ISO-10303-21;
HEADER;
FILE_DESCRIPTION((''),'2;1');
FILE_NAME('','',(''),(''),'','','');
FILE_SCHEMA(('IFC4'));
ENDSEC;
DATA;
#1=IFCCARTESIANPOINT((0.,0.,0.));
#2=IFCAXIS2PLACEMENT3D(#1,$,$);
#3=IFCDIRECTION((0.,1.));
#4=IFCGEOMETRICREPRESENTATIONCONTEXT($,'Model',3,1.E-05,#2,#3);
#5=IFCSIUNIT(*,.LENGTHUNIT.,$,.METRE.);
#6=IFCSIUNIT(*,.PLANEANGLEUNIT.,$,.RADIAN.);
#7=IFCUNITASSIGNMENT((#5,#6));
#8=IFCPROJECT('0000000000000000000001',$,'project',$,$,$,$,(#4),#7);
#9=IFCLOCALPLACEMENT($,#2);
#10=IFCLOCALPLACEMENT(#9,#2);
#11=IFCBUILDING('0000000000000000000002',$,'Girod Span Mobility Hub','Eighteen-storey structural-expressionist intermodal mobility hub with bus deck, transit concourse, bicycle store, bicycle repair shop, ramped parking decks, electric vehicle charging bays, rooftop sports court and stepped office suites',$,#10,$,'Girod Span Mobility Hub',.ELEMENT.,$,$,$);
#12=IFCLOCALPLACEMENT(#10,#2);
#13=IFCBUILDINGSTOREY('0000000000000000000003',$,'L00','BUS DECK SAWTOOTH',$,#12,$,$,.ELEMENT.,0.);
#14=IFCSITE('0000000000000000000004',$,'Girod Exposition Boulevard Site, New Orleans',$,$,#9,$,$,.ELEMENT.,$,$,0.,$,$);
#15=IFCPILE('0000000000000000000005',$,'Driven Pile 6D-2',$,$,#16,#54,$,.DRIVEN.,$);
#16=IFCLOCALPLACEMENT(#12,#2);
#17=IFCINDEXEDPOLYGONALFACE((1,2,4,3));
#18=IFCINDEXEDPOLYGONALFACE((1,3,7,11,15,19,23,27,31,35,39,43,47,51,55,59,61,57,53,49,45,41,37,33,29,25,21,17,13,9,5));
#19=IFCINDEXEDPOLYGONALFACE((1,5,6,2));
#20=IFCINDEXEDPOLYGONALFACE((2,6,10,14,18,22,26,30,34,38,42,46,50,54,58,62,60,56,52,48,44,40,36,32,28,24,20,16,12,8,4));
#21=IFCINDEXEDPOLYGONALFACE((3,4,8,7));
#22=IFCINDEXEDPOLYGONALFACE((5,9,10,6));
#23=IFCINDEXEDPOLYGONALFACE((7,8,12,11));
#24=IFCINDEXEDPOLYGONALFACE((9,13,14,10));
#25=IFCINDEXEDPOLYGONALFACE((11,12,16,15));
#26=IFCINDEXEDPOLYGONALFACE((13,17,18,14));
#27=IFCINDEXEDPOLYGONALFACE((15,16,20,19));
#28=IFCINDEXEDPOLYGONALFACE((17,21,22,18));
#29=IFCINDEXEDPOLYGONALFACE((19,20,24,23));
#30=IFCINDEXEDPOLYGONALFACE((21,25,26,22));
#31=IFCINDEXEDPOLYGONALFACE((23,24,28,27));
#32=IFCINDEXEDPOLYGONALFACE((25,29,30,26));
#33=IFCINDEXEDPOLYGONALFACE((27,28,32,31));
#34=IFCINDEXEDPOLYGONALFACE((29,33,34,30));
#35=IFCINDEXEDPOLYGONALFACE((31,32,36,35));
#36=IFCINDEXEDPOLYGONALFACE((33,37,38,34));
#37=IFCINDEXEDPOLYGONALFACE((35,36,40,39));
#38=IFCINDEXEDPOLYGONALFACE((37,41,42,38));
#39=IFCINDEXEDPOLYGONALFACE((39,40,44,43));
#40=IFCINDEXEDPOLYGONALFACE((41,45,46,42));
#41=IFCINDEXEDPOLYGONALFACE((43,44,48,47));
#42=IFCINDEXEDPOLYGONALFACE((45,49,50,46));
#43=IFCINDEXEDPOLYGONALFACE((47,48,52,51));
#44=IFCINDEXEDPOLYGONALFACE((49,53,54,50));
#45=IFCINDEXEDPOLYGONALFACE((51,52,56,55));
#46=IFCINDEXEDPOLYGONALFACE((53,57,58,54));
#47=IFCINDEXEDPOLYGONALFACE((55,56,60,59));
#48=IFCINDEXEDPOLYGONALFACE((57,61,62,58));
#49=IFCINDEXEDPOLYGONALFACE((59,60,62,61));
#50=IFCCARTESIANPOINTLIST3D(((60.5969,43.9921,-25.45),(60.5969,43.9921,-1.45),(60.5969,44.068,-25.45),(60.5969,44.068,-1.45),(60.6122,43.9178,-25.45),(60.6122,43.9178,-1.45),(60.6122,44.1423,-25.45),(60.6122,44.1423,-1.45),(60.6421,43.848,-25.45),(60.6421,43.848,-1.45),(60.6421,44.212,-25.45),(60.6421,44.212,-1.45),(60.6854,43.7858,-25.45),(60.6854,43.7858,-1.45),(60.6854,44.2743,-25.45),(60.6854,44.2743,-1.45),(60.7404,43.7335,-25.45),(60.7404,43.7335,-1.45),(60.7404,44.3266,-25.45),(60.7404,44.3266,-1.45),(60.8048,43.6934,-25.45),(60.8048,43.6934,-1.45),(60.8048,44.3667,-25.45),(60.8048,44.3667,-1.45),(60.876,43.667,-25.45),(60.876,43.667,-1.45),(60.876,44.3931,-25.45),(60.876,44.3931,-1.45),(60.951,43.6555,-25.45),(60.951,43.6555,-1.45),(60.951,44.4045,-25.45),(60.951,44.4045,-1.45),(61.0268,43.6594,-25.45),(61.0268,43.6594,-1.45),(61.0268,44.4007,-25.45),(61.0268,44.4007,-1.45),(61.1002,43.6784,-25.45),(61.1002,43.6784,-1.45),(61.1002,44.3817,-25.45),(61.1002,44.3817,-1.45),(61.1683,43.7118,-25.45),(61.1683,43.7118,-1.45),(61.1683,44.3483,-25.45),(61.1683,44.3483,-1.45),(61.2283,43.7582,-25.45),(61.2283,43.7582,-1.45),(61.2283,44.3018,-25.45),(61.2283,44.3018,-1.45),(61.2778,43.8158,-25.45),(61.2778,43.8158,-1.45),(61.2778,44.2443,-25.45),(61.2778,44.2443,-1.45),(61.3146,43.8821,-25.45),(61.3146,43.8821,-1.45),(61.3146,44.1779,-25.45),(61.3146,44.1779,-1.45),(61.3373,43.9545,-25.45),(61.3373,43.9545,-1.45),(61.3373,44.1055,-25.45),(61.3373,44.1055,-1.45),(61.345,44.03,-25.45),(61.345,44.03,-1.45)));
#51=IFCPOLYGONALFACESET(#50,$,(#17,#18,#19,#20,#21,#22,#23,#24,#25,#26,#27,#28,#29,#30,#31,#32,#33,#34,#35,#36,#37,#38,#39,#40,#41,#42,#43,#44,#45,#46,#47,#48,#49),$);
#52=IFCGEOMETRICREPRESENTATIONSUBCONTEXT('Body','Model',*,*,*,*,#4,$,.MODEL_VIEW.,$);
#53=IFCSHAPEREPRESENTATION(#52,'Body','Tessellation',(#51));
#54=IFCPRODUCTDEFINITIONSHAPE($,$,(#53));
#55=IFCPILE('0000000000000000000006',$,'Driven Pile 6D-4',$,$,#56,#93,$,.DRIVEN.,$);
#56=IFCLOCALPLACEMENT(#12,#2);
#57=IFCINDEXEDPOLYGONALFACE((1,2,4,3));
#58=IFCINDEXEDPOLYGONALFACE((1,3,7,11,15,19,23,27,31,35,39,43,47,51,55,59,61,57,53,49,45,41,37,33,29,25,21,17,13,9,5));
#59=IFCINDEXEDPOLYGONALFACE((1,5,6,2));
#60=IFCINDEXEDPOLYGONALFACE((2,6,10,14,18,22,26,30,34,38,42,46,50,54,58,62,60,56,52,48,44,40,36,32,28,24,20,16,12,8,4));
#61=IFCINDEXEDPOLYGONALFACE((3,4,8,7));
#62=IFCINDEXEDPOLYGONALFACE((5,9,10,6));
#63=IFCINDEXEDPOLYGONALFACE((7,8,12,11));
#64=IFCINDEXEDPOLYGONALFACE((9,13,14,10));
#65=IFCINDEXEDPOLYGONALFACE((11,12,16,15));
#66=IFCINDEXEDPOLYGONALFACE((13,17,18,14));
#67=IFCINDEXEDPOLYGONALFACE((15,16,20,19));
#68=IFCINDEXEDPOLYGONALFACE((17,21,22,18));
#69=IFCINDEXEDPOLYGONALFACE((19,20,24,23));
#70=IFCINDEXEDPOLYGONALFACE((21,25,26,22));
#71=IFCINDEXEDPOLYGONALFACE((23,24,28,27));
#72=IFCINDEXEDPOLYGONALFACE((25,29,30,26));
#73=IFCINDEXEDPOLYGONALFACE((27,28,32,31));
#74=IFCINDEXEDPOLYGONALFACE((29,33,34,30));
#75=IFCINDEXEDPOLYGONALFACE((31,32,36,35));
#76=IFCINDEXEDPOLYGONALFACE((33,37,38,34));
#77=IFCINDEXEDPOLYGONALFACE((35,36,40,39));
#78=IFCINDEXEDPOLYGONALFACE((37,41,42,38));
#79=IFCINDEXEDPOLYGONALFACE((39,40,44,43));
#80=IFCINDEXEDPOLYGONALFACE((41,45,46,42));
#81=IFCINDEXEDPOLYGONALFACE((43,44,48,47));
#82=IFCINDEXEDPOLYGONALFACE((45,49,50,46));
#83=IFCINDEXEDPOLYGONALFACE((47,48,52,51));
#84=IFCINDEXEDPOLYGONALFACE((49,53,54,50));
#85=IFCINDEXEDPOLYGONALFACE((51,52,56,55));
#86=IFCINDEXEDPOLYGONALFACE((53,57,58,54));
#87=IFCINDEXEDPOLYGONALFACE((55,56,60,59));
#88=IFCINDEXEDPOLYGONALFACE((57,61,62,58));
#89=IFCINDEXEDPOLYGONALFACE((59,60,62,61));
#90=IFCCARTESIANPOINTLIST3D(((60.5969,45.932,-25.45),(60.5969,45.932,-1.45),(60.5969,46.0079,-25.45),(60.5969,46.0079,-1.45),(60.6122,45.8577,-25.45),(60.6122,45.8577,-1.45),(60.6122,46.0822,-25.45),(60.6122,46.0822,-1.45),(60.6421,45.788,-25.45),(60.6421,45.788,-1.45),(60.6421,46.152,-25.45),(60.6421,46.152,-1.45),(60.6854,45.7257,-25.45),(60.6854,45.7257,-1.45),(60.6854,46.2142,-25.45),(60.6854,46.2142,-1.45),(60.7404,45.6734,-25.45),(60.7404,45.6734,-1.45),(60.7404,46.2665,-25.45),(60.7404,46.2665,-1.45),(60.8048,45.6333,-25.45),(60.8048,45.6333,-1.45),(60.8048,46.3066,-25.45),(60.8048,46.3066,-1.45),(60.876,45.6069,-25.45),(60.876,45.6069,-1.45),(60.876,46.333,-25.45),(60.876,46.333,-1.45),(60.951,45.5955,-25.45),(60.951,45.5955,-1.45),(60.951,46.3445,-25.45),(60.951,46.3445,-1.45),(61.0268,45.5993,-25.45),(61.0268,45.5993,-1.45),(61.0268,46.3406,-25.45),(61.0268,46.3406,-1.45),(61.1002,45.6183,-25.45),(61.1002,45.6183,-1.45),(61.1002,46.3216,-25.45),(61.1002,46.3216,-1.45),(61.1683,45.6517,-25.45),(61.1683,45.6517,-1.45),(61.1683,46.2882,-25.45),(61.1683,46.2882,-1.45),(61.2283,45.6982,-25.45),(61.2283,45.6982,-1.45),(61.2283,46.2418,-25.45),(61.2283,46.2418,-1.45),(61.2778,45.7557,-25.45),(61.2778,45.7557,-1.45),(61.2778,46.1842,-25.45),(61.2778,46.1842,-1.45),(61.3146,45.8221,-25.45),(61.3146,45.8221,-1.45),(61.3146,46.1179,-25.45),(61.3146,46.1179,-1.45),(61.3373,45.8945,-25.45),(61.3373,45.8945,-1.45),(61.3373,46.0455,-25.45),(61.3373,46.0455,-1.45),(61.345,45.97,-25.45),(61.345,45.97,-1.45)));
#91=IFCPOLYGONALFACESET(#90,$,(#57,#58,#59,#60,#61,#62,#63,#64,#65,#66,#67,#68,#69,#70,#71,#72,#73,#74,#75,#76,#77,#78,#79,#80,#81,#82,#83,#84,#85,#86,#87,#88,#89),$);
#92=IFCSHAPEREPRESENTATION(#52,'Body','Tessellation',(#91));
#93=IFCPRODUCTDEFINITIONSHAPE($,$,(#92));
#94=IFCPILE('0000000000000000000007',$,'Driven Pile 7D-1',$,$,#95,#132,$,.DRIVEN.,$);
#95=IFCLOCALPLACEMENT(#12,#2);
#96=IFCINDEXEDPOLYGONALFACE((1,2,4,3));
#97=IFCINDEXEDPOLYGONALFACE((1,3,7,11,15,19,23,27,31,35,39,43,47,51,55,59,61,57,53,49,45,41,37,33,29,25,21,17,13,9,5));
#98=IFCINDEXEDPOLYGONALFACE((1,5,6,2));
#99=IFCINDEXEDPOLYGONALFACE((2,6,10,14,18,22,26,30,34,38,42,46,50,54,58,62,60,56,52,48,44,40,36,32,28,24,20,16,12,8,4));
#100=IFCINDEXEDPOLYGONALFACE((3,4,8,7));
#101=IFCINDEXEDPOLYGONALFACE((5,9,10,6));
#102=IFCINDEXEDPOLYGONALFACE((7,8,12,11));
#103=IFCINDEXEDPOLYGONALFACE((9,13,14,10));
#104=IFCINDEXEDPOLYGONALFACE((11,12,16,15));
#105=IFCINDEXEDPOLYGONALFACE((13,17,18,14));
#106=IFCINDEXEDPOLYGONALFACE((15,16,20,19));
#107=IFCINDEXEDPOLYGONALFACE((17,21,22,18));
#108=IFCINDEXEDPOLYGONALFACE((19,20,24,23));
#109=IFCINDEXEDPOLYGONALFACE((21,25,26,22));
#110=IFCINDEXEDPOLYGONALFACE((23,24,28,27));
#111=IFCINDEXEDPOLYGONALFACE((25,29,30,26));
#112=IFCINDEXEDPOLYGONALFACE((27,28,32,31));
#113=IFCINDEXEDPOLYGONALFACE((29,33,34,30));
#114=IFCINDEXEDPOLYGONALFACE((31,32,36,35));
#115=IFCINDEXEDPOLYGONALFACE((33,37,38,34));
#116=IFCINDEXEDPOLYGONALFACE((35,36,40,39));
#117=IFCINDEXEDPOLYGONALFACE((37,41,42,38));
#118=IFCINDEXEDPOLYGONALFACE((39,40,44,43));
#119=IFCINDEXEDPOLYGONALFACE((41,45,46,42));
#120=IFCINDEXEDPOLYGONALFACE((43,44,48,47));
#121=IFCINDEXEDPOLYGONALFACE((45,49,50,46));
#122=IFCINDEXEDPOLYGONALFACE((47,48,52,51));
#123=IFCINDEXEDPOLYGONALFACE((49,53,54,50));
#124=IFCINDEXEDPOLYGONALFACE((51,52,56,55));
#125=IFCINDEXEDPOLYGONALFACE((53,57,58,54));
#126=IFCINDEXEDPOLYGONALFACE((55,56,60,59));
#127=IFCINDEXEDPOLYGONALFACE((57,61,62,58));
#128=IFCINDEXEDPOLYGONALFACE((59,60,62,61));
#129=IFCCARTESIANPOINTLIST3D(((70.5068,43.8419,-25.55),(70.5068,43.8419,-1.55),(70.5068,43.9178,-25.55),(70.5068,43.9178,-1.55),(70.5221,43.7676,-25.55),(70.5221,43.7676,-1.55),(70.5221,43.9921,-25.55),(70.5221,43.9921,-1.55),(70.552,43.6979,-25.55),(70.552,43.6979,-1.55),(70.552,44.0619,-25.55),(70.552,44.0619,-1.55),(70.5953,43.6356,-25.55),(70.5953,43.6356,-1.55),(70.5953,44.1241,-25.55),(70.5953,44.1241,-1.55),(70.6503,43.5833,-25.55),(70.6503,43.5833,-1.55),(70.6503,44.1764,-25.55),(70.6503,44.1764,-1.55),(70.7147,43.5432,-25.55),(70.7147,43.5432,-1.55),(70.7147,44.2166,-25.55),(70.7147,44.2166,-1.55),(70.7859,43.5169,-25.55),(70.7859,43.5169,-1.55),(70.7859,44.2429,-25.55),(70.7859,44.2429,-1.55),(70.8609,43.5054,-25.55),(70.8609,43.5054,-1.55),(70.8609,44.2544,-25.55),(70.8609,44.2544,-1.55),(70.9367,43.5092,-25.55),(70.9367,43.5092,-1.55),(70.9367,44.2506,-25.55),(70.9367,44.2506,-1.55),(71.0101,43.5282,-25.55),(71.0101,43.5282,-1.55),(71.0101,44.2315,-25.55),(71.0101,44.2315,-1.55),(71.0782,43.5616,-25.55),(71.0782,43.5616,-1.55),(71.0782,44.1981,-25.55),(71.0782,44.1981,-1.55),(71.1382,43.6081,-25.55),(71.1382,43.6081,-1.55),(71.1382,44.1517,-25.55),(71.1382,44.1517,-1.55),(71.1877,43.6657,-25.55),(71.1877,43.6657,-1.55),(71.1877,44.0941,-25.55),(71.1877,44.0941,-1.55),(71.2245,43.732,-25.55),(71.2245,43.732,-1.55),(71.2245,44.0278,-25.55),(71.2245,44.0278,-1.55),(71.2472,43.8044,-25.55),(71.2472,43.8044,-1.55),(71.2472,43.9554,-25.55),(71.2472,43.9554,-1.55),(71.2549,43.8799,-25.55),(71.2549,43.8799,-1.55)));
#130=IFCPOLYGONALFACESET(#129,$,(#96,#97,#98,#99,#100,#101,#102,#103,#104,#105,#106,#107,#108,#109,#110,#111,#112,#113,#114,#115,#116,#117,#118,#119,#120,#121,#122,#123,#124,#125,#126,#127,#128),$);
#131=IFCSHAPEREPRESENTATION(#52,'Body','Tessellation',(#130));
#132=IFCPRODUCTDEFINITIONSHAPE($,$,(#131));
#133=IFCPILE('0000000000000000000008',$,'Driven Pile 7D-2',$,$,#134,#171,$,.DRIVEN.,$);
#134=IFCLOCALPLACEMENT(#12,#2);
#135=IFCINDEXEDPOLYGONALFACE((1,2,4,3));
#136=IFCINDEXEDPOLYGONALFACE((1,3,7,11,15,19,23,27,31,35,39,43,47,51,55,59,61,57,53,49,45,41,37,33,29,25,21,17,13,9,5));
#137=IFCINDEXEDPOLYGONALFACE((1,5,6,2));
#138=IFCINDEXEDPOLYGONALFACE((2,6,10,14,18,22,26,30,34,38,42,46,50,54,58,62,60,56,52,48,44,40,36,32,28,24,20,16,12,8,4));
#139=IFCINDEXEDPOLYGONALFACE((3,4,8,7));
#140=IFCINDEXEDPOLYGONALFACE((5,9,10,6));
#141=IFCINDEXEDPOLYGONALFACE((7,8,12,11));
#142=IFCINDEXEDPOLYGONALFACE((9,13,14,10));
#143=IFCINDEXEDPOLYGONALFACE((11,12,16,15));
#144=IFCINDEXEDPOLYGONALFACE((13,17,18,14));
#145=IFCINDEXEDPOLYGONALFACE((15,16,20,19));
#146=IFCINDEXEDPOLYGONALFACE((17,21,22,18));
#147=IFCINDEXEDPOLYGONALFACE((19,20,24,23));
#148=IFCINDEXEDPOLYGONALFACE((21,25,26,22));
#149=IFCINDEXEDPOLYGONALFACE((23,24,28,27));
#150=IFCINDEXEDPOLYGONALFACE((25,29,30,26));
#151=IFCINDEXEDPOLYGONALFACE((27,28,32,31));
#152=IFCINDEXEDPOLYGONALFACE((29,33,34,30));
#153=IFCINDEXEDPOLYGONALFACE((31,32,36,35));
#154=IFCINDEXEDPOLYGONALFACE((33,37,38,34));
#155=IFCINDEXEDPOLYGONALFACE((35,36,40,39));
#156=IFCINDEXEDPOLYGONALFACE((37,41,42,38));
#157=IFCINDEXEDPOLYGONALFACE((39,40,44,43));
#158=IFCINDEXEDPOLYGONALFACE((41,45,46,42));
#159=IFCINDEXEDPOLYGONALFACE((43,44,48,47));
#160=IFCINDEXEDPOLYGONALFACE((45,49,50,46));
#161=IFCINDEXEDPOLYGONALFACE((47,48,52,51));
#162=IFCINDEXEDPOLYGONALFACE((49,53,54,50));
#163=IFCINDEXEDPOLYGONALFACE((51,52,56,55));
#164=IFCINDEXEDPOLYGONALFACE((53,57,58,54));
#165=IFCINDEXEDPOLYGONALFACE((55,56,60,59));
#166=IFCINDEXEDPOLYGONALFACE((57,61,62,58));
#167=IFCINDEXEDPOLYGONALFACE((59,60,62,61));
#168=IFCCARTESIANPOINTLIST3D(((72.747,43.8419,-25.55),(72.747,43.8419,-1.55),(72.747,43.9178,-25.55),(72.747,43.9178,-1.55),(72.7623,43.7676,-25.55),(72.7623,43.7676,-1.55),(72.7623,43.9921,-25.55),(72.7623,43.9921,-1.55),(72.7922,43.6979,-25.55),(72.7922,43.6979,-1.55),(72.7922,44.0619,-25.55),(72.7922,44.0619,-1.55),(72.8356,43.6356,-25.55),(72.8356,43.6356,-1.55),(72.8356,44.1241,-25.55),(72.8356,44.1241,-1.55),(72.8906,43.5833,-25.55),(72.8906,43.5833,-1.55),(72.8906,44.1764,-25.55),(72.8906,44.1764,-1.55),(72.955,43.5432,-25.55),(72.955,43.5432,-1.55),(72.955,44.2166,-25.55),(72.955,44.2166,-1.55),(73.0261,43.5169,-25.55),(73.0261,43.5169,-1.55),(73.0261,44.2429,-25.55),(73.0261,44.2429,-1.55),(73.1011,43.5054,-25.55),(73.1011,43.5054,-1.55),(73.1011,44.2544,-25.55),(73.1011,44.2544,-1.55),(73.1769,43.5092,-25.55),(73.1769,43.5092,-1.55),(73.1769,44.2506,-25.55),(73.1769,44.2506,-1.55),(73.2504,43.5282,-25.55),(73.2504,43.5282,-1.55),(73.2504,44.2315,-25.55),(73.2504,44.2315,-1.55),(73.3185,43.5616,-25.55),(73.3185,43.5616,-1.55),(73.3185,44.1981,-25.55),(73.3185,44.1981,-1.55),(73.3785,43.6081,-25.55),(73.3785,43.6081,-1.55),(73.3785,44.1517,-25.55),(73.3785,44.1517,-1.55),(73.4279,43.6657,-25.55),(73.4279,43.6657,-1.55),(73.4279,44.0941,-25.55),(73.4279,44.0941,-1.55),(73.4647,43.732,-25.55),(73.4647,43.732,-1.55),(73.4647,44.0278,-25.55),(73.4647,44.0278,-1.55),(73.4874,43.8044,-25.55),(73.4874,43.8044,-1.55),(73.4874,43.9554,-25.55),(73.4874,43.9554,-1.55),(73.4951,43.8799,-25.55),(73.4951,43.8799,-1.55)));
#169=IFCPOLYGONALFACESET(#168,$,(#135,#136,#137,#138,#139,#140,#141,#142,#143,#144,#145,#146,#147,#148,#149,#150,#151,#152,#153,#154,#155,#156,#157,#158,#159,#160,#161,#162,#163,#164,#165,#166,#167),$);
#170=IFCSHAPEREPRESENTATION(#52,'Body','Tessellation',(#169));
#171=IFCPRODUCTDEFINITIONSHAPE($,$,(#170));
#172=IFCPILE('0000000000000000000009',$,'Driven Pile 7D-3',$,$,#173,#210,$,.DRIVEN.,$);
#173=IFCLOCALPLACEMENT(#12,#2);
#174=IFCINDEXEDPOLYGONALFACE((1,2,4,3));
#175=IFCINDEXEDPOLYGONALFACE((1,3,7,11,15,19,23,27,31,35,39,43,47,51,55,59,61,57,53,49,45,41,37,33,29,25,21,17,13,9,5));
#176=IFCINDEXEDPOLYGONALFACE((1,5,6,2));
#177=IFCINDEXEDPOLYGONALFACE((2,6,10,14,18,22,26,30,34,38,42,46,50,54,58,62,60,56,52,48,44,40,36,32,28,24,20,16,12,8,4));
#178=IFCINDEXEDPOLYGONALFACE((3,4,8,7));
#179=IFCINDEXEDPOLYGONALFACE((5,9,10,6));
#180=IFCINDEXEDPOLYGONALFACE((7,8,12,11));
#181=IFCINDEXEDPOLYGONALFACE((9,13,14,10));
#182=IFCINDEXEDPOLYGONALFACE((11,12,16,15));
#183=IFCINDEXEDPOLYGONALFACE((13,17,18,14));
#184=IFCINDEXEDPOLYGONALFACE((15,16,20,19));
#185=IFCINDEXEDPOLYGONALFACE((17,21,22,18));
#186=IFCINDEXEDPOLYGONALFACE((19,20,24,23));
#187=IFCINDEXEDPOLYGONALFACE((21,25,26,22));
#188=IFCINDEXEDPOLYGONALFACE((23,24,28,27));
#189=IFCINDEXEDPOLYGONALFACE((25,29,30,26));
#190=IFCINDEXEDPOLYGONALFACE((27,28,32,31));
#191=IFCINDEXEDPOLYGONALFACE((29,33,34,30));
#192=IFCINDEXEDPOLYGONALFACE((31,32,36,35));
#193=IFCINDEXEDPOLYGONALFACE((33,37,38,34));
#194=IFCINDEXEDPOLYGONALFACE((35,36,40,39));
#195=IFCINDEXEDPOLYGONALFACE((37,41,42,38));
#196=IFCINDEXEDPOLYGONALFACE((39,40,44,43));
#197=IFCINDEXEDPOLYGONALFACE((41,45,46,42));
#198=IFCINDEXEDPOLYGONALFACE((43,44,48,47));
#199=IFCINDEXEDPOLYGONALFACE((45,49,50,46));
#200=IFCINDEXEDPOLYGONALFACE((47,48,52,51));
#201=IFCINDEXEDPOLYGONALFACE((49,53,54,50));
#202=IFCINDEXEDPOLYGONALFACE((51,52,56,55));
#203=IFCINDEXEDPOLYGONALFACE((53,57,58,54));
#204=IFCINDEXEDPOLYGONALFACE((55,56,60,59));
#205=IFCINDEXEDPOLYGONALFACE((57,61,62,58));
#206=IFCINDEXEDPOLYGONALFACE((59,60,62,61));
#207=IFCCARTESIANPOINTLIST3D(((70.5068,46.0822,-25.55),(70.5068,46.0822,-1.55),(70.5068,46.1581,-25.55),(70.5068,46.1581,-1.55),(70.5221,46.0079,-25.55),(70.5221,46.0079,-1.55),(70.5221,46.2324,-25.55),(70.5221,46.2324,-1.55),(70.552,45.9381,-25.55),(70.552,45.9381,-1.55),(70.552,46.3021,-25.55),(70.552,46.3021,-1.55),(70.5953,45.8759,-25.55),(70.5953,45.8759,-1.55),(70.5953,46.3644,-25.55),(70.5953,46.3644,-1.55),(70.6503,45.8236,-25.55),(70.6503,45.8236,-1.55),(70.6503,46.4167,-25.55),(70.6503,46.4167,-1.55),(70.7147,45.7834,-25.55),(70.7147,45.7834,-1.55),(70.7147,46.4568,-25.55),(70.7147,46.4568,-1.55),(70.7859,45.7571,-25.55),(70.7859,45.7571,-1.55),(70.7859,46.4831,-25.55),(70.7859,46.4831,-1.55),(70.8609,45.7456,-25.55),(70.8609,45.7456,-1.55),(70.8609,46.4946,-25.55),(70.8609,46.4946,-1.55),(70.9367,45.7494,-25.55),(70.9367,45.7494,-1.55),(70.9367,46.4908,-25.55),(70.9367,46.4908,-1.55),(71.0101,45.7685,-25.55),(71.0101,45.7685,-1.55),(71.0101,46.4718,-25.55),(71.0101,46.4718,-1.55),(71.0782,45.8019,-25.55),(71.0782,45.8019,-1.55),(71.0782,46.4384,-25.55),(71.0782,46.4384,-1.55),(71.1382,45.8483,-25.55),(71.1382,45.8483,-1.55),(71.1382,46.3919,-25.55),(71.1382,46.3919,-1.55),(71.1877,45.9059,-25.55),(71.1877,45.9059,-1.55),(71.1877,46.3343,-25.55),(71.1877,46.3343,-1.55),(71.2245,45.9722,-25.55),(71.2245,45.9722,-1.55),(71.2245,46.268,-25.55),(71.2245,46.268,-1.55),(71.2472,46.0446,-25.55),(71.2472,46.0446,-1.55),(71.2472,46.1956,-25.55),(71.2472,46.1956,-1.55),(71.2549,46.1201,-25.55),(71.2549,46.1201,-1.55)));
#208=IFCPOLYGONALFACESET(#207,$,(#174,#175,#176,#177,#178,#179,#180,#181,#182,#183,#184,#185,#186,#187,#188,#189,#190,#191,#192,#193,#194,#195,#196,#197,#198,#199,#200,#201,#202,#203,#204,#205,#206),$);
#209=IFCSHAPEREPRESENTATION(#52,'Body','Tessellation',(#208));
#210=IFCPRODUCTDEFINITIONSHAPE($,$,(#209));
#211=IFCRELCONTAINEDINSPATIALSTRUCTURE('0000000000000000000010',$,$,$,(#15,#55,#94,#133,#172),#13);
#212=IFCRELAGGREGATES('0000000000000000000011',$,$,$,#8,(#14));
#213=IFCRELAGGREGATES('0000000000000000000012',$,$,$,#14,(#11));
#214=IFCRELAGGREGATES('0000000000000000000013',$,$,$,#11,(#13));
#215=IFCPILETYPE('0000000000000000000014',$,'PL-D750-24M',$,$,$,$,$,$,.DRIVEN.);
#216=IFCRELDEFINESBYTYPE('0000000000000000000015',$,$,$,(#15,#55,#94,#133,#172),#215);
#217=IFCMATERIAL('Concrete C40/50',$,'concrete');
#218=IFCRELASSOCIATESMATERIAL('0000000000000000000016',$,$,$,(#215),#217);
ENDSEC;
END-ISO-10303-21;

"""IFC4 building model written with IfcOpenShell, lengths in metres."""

from ifc_helpers import new_model, si_unit, direction, frame, origin, origin_2d, place, context, subcontext, project, spatial, circle, extrude, material, material_profile, profile_set, type_object, element, save


model = new_model("IFC4")

# Units and contexts
model_context = context("Model", 3, precision=1e-05, world=origin(), true_north=direction((0.0, 1.0)))
body_context = subcontext(model_context, "Body", "Model", "MODEL_VIEW")
ifc_project = project(units=[si_unit("LENGTHUNIT", "METRE"), si_unit("PLANEANGLEUNIT", "RADIAN")], contexts=[model_context])

# Site, building, storey
site_placement = place(None, origin())
site = spatial("IfcSite", under=ifc_project, at=site_placement, Name="Girod Exposition Boulevard Site, New Orleans", CompositionType="ELEMENT", RefElevation=0.0)
building_placement = place(site_placement, origin())
building = spatial("IfcBuilding", under=site, at=building_placement, Name="Girod Span Mobility Hub", Description="Eighteen-storey structural-expressionist intermodal mobility hub with bus deck, transit concourse, bicycle store, bicycle repair shop, ramped parking decks, electric vehicle charging bays, rooftop sports court and stepped office suites", LongName="Girod Span Mobility Hub", CompositionType="ELEMENT")
storey_placement = place(building_placement, origin())
storey = spatial("IfcBuildingStorey", under=building, at=storey_placement, Name="L00", Description="BUS DECK SAWTOOTH", CompositionType="ELEMENT", Elevation=0.0)

# Piles
ifc_material_1 = material(Name="Concrete C40/50", Category="concrete")
ifc_material_profile_1 = material_profile(ifc_material_1, circle(Radius=0.375, at=origin_2d()), Name="PILE-D750")
ifc_profile_set_1 = profile_set([ifc_material_profile_1], Name="Concrete C40/50")
pile_type_1 = type_object("IfcPileType", Name="PL-D750-24M", PredefinedType="DRIVEN", material=ifc_profile_set_1)
for number, where, z_axis, x_axis, name in (
    (1, (60.97, 44.03, -1.45), (0.0, 0.0, -1.0), (1.0, 0.0, 0.0), "Driven Pile 6D-2"),
    (2, (60.97, 45.97, -1.45), (0.0, 0.0, -1.0), (1.0, 0.0, 0.0), "Driven Pile 6D-4"),
    (3, (70.8799, 43.8799, -1.55), (0.0, 0.0, -1.0), (1.0, 0.0, 0.0), "Driven Pile 7D-1"),
    (4, (73.1201, 43.8799, -1.55), (0.0, 0.0, -1.0), (1.0, 0.0, 0.0), "Driven Pile 7D-2"),
    (5, (70.8799, 46.1201, -1.55), (0.0, 0.0, -1.0), (1.0, 0.0, 0.0), "Driven Pile 7D-3"),
):
    element("IfcPile", number, at=place(storey_placement, frame(where, z_axis=z_axis, x_axis=x_axis)), inside=storey, type_object=pile_type_1, Name=name, PredefinedType="DRIVEN", context=body_context, shape_type="SweptSolid", body=[
        extrude(circle(Radius=0.375, at=origin_2d()), origin(), (0.0, 0.0, 1.0), 24.0),
    ])

save(model, "model.ifc")
